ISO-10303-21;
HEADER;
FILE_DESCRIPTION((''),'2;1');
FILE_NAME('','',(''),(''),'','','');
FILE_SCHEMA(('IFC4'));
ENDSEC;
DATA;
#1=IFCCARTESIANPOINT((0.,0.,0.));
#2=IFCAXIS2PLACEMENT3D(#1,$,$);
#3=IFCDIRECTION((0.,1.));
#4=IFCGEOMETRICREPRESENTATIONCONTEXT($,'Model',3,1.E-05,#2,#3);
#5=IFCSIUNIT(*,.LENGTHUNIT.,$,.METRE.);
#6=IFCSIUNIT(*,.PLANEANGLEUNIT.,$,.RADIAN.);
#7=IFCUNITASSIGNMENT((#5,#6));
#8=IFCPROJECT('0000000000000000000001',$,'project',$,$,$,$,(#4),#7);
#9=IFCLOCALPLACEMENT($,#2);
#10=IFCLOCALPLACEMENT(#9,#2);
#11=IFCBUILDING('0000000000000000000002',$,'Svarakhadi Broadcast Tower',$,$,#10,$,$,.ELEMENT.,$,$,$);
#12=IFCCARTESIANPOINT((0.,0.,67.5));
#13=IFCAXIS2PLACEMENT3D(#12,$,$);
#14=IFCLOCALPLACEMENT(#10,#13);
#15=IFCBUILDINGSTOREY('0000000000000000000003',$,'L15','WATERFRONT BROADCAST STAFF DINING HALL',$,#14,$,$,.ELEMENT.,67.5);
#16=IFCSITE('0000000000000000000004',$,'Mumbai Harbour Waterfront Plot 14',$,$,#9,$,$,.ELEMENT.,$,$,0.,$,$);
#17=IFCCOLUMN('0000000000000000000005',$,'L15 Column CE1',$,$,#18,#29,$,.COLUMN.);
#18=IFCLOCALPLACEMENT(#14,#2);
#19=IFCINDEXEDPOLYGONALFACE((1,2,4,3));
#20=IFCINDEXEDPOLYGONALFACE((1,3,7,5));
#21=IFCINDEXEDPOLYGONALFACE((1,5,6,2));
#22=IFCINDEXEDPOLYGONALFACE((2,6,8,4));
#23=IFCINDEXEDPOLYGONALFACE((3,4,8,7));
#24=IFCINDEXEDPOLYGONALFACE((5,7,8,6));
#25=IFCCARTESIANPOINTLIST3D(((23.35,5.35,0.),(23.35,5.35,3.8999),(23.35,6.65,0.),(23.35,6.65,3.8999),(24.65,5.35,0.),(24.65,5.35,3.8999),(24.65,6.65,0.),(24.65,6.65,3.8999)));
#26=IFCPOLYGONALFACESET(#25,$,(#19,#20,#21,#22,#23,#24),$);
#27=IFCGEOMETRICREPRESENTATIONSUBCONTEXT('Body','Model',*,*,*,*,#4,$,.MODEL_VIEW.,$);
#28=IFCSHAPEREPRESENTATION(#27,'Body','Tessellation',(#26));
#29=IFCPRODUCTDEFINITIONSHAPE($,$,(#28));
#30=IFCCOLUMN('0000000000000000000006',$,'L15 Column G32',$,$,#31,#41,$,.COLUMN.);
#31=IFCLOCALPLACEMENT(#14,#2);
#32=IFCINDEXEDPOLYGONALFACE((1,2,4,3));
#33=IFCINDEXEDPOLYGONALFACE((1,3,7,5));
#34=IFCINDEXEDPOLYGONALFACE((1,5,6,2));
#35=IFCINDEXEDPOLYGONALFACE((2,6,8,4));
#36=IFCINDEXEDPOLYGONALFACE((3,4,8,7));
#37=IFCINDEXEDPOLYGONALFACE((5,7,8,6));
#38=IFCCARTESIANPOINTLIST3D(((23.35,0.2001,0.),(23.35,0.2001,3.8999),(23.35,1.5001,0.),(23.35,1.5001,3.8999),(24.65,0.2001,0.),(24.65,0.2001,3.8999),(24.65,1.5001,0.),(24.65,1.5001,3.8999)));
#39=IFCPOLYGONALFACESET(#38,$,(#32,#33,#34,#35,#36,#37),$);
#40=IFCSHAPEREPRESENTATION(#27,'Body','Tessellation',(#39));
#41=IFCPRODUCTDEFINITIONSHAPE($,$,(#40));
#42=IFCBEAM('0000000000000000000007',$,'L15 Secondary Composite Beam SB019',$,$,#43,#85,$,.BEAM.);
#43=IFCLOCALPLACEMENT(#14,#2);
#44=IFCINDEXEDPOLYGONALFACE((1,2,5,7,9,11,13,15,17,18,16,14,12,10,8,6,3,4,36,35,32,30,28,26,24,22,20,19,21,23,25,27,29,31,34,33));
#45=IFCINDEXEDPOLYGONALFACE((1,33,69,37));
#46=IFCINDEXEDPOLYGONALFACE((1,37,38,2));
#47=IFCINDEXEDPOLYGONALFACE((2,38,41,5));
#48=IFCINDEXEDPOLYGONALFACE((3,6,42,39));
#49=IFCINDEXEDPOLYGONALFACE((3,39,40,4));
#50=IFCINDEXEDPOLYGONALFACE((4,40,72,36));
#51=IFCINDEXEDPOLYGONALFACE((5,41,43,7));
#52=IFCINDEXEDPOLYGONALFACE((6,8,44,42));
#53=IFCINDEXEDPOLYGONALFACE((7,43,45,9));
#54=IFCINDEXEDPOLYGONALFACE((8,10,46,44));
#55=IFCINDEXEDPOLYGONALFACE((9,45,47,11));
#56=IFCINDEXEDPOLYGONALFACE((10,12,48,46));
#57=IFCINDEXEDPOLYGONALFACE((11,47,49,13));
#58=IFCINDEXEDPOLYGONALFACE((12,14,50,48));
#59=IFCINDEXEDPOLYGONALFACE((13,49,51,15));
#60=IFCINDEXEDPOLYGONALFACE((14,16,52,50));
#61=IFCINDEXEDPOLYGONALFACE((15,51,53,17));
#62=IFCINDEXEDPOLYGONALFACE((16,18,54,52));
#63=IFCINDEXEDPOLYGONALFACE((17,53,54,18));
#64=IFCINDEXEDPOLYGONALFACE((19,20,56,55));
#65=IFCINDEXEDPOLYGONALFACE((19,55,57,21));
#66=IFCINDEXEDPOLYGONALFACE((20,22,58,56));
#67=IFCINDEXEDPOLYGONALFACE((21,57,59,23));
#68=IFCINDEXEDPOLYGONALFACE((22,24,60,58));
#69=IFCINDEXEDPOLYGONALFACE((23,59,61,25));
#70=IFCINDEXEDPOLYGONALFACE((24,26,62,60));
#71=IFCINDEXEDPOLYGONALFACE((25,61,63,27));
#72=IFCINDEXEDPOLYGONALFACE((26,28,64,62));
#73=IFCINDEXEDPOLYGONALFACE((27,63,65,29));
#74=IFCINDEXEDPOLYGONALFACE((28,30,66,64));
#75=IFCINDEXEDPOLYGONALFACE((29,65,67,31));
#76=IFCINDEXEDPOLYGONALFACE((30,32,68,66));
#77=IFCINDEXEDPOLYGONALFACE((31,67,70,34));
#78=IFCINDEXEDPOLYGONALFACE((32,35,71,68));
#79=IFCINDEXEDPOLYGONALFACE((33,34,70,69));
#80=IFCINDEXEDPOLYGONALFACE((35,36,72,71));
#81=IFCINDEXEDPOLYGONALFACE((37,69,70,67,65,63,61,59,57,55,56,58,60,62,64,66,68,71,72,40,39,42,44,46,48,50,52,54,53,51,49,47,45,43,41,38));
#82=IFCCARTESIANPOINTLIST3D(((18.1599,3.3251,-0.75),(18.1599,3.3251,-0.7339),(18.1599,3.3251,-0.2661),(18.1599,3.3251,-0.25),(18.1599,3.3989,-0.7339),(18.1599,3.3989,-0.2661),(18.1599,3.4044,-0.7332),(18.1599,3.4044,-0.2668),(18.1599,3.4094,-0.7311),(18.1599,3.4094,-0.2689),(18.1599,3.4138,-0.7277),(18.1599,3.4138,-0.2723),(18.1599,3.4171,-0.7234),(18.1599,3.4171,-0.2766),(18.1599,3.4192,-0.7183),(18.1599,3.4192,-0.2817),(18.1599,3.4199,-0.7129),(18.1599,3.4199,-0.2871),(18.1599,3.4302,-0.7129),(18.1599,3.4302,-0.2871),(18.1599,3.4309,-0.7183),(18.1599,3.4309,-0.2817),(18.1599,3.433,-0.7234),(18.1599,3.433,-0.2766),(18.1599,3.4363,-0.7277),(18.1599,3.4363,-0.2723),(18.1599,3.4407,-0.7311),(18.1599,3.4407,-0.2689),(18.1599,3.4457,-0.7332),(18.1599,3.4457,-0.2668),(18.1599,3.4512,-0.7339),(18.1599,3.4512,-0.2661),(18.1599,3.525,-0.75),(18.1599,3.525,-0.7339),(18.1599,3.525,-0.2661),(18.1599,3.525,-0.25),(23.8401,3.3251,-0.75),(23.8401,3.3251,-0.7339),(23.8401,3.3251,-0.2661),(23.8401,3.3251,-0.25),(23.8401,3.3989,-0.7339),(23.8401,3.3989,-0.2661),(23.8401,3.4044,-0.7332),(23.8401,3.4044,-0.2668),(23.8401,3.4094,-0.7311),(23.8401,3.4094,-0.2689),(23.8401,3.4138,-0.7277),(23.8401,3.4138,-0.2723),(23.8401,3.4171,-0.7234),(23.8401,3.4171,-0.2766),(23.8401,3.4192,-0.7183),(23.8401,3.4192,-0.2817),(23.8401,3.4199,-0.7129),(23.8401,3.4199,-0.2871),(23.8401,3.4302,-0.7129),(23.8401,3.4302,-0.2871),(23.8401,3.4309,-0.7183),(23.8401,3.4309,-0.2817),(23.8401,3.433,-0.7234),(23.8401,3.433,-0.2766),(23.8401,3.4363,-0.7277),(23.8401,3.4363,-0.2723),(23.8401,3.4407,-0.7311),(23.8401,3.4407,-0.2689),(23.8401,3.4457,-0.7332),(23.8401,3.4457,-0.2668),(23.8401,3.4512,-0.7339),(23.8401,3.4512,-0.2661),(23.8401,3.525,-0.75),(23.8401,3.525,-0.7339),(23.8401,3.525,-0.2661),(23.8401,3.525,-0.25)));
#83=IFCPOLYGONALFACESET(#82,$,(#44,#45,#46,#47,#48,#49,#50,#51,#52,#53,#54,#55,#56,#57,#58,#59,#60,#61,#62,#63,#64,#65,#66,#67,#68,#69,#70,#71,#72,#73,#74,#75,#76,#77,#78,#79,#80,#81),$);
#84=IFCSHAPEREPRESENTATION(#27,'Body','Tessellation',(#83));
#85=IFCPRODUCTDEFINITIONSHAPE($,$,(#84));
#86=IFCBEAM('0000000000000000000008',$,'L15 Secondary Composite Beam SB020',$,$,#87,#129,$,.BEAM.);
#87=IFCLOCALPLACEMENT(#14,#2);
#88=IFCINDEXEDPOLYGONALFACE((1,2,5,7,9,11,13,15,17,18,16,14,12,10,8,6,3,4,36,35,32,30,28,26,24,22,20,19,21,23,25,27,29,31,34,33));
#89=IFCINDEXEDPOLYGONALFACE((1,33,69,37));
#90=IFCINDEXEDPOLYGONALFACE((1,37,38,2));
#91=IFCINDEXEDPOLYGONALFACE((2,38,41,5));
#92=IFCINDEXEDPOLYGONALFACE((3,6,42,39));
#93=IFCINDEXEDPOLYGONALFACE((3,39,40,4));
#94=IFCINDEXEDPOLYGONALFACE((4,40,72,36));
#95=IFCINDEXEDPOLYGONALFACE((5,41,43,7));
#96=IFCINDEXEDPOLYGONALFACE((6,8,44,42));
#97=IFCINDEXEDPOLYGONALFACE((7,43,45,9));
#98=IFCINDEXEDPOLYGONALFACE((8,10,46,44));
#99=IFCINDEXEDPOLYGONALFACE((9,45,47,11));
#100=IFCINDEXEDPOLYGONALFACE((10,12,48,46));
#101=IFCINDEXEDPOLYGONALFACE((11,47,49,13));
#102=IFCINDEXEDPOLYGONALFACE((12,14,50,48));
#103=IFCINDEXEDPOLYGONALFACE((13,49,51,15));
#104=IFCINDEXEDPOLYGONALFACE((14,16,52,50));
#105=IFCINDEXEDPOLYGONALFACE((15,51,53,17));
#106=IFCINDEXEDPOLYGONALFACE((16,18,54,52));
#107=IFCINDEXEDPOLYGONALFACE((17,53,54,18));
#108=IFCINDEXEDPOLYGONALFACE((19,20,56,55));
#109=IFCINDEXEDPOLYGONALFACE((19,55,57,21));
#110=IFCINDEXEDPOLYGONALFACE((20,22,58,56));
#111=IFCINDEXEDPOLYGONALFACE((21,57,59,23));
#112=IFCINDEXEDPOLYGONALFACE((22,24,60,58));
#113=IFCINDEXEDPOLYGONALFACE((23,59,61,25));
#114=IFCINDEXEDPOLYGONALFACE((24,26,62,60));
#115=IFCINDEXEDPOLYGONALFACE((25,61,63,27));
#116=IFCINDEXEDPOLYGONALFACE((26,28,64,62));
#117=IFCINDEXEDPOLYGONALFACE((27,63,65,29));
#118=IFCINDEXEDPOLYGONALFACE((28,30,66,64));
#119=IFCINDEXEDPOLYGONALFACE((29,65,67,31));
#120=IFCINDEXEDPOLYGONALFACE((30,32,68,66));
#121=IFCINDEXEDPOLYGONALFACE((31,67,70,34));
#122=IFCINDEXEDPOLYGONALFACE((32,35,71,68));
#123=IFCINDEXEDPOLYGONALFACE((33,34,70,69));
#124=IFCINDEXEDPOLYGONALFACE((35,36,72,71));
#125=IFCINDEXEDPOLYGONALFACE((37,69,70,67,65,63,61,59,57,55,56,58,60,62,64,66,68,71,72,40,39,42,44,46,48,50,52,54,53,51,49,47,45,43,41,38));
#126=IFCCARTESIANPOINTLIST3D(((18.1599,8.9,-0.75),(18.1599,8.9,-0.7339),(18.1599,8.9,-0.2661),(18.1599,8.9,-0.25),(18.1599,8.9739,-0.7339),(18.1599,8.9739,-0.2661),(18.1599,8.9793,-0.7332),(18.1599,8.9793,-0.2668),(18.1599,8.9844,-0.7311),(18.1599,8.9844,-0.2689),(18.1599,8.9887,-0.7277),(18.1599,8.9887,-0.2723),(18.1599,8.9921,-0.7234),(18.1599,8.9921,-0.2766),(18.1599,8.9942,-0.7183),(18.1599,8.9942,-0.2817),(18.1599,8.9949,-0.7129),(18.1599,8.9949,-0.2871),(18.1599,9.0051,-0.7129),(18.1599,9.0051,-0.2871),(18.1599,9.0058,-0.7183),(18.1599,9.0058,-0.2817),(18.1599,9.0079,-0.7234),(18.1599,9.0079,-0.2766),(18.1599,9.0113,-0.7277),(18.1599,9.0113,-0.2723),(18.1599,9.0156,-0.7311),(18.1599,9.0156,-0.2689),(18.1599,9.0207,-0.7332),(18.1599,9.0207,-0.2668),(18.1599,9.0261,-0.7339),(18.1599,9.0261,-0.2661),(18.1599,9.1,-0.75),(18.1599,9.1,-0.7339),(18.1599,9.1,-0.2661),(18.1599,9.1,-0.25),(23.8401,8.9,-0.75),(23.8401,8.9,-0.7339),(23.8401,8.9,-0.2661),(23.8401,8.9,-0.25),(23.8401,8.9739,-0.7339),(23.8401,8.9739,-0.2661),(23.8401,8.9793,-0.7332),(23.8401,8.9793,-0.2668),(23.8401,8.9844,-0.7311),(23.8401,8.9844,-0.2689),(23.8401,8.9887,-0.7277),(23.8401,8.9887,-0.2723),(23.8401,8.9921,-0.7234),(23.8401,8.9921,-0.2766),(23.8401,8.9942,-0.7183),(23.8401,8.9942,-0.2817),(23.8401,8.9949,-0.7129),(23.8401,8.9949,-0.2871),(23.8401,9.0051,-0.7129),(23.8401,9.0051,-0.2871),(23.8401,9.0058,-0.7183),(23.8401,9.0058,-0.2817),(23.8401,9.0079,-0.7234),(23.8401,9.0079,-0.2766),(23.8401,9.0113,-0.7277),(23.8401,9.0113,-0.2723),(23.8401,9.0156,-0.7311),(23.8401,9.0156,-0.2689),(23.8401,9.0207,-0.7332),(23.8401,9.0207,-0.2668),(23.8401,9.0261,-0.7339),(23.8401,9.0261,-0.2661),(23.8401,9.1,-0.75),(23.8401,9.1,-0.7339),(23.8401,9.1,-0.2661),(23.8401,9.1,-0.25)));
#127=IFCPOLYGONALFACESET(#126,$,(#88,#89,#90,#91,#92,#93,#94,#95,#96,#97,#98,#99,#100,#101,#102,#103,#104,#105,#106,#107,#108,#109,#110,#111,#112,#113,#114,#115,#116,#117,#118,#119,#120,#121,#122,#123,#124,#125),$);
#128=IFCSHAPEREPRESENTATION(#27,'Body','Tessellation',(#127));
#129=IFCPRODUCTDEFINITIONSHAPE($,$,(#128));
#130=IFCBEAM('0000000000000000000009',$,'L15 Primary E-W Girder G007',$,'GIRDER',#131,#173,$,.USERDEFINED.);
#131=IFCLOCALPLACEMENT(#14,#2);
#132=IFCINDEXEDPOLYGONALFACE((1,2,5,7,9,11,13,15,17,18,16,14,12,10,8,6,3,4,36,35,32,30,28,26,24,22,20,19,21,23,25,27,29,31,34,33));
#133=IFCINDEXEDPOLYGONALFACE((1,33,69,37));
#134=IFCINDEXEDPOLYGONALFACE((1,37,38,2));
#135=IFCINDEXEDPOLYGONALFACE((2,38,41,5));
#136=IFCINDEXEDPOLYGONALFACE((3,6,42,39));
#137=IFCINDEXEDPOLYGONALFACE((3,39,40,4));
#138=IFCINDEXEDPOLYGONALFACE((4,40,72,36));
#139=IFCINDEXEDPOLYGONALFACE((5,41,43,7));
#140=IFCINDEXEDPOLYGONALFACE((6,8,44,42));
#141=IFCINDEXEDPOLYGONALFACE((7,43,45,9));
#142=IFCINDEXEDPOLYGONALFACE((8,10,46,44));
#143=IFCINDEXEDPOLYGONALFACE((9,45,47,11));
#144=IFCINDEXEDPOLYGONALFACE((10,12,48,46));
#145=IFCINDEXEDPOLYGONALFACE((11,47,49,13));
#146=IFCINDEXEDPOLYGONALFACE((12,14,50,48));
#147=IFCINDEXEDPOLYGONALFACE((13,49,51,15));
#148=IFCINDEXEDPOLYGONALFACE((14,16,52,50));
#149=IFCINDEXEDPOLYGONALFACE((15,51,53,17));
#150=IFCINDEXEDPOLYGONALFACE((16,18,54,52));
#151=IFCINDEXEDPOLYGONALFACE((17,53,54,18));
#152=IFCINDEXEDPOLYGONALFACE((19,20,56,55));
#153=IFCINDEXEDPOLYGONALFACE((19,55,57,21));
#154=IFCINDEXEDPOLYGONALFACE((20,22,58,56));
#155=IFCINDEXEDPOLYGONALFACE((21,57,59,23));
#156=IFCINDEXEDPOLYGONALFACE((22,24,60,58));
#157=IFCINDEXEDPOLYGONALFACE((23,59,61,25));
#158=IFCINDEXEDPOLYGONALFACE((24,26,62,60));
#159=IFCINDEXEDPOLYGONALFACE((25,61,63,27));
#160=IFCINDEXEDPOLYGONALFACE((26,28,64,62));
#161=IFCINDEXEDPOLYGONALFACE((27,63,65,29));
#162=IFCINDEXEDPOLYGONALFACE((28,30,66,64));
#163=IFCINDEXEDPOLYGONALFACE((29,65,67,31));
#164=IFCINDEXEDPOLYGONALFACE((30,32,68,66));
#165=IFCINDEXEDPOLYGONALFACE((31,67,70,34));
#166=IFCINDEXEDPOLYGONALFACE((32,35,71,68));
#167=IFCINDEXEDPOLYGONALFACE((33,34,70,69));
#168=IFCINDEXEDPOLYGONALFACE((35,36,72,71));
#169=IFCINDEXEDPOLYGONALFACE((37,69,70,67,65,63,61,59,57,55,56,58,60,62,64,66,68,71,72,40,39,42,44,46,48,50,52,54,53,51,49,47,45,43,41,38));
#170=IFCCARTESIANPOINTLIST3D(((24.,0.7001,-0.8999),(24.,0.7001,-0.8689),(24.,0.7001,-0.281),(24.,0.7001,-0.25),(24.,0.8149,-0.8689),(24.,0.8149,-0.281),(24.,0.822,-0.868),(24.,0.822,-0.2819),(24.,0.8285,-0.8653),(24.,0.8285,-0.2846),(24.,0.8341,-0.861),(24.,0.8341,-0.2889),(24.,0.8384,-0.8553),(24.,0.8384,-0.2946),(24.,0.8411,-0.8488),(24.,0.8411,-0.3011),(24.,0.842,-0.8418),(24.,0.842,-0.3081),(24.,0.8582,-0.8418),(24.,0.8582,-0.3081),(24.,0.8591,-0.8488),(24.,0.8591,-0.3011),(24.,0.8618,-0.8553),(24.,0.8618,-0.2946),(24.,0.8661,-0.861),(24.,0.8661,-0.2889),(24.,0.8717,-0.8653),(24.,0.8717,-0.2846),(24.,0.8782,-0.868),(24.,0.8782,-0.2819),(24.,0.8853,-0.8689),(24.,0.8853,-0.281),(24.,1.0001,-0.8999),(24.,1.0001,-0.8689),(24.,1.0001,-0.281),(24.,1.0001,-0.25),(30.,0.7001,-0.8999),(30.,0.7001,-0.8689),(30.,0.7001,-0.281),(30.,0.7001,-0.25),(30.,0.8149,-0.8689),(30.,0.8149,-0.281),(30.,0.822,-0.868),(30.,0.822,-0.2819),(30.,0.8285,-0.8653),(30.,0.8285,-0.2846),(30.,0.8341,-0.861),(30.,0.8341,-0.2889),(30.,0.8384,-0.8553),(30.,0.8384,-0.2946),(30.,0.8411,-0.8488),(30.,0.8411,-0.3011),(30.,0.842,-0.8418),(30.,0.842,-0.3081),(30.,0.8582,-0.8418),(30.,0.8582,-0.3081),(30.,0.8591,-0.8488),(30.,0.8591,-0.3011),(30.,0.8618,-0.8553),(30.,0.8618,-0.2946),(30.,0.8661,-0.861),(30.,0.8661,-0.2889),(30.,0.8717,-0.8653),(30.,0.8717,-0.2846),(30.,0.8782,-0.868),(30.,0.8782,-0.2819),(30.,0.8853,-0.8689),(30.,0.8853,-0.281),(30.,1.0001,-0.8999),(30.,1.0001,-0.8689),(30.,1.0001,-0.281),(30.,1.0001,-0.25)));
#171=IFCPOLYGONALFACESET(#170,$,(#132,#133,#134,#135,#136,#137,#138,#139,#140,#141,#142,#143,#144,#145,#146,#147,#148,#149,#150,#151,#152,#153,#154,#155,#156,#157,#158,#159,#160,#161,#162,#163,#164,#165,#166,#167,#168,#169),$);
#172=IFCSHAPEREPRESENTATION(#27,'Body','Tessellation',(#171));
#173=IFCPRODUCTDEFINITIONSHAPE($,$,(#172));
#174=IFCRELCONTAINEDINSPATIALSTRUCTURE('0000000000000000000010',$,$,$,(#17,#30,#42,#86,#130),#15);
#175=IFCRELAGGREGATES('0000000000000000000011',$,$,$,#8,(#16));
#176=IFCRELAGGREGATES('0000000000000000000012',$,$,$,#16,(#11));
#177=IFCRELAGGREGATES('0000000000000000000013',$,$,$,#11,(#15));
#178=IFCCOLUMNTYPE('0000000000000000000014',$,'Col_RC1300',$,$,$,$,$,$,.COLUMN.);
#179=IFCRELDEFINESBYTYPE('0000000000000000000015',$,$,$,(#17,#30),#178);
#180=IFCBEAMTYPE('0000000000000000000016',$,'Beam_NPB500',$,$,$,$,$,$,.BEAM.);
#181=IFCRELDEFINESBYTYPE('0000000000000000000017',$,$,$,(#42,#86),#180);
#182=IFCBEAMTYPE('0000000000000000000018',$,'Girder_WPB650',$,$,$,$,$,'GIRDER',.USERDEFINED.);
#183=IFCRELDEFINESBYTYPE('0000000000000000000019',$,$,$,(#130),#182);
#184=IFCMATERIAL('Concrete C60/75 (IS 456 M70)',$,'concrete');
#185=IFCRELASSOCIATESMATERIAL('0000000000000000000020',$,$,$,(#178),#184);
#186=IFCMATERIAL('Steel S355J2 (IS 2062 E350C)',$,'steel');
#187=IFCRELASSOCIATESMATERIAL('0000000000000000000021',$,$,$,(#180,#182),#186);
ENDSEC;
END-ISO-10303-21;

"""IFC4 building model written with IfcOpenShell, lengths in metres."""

from ifc_helpers import new_model, si_unit, direction, frame, origin, origin_2d, place, context, subcontext, project, spatial, rectangle, i_section, extrude, material, material_profile, profile_set, type_object, element, save


model = new_model("IFC4")

# Units and contexts
model_context = context("Model", 3, precision=1e-05, world=origin(), true_north=direction((0.0, 1.0)))
body_context = subcontext(model_context, "Body", "Model", "MODEL_VIEW")
ifc_project = project(units=[si_unit("LENGTHUNIT", "METRE"), si_unit("PLANEANGLEUNIT", "RADIAN")], contexts=[model_context])

# Site, building, storey
site_placement = place(None, origin())
site = spatial("IfcSite", under=ifc_project, at=site_placement, Name="Mumbai Harbour Waterfront Plot 14", CompositionType="ELEMENT", RefElevation=0.0)
building_placement = place(site_placement, origin())
building = spatial("IfcBuilding", under=site, at=building_placement, Name="Svarakhadi Broadcast Tower", CompositionType="ELEMENT")
storey_placement = place(building_placement, frame((0.0, 0.0, 67.5)))
storey = spatial("IfcBuildingStorey", under=building, at=storey_placement, Name="L15", Description="WATERFRONT BROADCAST STAFF DINING HALL", CompositionType="ELEMENT", Elevation=67.5)

# Columns
ifc_material_1 = material(Name="Concrete C60/75 (IS 456 M70)", Category="concrete")
ifc_material_profile_1 = material_profile(ifc_material_1, rectangle(XDim=1.3, YDim=1.3, at=origin_2d()), Name="RC 1300x1300")
ifc_profile_set_1 = profile_set([ifc_material_profile_1], Name="Concrete C60/75 (IS 456 M70)")
column_type = type_object("IfcColumnType", Name="Col_RC1300", PredefinedType="COLUMN", material=ifc_profile_set_1)
for number, where, z_axis, x_axis, name in (
    (1, (24.0, 6.0, 0.0), (0.0, 0.0, 1.0), (1.0, 0.0, 0.0), "L15 Column CE1"),
    (2, (24.0, 0.8501, 0.0), (0.0, 0.0, 1.0), (1.0, 0.0, 0.0), "L15 Column G32"),
):
    element("IfcColumn", number, at=place(storey_placement, frame(where, z_axis=z_axis, x_axis=x_axis)), inside=storey, type_object=column_type, Name=name, PredefinedType="COLUMN", context=body_context, shape_type="SweptSolid", body=[
        extrude(rectangle(XDim=1.3, YDim=1.3, at=origin_2d()), origin(), (0.0, 0.0, 1.0), 3.8999),
    ])

# Beams
ifc_material_2 = material(Name="Steel S355J2 (IS 2062 E350C)", Category="steel")
ifc_material_profile_2 = material_profile(ifc_material_2, i_section(OverallWidth=0.2, OverallDepth=0.5, WebThickness=0.0103, FlangeThickness=0.0161, FilletRadius=0.021, at=origin_2d()), Name="NPB 500x200x91")
ifc_profile_set_2 = profile_set([ifc_material_profile_2], Name="Steel S355J2 (IS 2062 E350C)")
beam_type_1 = type_object("IfcBeamType", Name="Beam_NPB500", PredefinedType="BEAM", material=ifc_profile_set_2)
for number, where, z_axis, x_axis, name in (
    (3, (18.1599, 3.425, -0.5), (1.0, 0.0, 0.0), (0.0, 1.0, 0.0), "L15 Secondary Composite Beam SB019"),
    (4, (18.1599, 9.0, -0.5), (1.0, 0.0, 0.0), (0.0, 1.0, 0.0), "L15 Secondary Composite Beam SB020"),
):
    element("IfcBeam", number, at=place(storey_placement, frame(where, z_axis=z_axis, x_axis=x_axis)), inside=storey, type_object=beam_type_1, Name=name, PredefinedType="BEAM", context=body_context, shape_type="SweptSolid", body=[
        extrude(i_section(OverallWidth=0.2, OverallDepth=0.5, WebThickness=0.0103, FlangeThickness=0.0161, FilletRadius=0.021, at=origin_2d()), origin(), (0.0, 0.0, 1.0), 5.6802),
    ])
ifc_material_profile_3 = material_profile(ifc_material_2, i_section(OverallWidth=0.3, OverallDepth=0.6499, WebThickness=0.0161, FlangeThickness=0.031, FilletRadius=0.0271, at=origin_2d()), Name="WPB 650x300x225")
ifc_profile_set_3 = profile_set([ifc_material_profile_3], Name="Steel S355J2 (IS 2062 E350C)")
beam_type_2 = type_object("IfcBeamType", Name="Girder_WPB650", ElementType="GIRDER", PredefinedType="USERDEFINED", material=ifc_profile_set_3)
beam_1_placement = place(storey_placement, frame((24.0, 0.8501, -0.575), z_axis=(1.0, 0.0, 0.0), x_axis=(0.0, 1.0, 0.0)))
element("IfcBeam", 5, at=beam_1_placement, inside=storey, type_object=beam_type_2, Name="L15 Primary E-W Girder G007", ObjectType="GIRDER", PredefinedType="USERDEFINED", context=body_context, shape_type="SweptSolid", body=[
    extrude(i_section(OverallWidth=0.3, OverallDepth=0.6499, WebThickness=0.0161, FlangeThickness=0.031, FilletRadius=0.0271, at=origin_2d()), origin(), (0.0, 0.0, 1.0), 6.0),
])

save(model, "model.ifc")
